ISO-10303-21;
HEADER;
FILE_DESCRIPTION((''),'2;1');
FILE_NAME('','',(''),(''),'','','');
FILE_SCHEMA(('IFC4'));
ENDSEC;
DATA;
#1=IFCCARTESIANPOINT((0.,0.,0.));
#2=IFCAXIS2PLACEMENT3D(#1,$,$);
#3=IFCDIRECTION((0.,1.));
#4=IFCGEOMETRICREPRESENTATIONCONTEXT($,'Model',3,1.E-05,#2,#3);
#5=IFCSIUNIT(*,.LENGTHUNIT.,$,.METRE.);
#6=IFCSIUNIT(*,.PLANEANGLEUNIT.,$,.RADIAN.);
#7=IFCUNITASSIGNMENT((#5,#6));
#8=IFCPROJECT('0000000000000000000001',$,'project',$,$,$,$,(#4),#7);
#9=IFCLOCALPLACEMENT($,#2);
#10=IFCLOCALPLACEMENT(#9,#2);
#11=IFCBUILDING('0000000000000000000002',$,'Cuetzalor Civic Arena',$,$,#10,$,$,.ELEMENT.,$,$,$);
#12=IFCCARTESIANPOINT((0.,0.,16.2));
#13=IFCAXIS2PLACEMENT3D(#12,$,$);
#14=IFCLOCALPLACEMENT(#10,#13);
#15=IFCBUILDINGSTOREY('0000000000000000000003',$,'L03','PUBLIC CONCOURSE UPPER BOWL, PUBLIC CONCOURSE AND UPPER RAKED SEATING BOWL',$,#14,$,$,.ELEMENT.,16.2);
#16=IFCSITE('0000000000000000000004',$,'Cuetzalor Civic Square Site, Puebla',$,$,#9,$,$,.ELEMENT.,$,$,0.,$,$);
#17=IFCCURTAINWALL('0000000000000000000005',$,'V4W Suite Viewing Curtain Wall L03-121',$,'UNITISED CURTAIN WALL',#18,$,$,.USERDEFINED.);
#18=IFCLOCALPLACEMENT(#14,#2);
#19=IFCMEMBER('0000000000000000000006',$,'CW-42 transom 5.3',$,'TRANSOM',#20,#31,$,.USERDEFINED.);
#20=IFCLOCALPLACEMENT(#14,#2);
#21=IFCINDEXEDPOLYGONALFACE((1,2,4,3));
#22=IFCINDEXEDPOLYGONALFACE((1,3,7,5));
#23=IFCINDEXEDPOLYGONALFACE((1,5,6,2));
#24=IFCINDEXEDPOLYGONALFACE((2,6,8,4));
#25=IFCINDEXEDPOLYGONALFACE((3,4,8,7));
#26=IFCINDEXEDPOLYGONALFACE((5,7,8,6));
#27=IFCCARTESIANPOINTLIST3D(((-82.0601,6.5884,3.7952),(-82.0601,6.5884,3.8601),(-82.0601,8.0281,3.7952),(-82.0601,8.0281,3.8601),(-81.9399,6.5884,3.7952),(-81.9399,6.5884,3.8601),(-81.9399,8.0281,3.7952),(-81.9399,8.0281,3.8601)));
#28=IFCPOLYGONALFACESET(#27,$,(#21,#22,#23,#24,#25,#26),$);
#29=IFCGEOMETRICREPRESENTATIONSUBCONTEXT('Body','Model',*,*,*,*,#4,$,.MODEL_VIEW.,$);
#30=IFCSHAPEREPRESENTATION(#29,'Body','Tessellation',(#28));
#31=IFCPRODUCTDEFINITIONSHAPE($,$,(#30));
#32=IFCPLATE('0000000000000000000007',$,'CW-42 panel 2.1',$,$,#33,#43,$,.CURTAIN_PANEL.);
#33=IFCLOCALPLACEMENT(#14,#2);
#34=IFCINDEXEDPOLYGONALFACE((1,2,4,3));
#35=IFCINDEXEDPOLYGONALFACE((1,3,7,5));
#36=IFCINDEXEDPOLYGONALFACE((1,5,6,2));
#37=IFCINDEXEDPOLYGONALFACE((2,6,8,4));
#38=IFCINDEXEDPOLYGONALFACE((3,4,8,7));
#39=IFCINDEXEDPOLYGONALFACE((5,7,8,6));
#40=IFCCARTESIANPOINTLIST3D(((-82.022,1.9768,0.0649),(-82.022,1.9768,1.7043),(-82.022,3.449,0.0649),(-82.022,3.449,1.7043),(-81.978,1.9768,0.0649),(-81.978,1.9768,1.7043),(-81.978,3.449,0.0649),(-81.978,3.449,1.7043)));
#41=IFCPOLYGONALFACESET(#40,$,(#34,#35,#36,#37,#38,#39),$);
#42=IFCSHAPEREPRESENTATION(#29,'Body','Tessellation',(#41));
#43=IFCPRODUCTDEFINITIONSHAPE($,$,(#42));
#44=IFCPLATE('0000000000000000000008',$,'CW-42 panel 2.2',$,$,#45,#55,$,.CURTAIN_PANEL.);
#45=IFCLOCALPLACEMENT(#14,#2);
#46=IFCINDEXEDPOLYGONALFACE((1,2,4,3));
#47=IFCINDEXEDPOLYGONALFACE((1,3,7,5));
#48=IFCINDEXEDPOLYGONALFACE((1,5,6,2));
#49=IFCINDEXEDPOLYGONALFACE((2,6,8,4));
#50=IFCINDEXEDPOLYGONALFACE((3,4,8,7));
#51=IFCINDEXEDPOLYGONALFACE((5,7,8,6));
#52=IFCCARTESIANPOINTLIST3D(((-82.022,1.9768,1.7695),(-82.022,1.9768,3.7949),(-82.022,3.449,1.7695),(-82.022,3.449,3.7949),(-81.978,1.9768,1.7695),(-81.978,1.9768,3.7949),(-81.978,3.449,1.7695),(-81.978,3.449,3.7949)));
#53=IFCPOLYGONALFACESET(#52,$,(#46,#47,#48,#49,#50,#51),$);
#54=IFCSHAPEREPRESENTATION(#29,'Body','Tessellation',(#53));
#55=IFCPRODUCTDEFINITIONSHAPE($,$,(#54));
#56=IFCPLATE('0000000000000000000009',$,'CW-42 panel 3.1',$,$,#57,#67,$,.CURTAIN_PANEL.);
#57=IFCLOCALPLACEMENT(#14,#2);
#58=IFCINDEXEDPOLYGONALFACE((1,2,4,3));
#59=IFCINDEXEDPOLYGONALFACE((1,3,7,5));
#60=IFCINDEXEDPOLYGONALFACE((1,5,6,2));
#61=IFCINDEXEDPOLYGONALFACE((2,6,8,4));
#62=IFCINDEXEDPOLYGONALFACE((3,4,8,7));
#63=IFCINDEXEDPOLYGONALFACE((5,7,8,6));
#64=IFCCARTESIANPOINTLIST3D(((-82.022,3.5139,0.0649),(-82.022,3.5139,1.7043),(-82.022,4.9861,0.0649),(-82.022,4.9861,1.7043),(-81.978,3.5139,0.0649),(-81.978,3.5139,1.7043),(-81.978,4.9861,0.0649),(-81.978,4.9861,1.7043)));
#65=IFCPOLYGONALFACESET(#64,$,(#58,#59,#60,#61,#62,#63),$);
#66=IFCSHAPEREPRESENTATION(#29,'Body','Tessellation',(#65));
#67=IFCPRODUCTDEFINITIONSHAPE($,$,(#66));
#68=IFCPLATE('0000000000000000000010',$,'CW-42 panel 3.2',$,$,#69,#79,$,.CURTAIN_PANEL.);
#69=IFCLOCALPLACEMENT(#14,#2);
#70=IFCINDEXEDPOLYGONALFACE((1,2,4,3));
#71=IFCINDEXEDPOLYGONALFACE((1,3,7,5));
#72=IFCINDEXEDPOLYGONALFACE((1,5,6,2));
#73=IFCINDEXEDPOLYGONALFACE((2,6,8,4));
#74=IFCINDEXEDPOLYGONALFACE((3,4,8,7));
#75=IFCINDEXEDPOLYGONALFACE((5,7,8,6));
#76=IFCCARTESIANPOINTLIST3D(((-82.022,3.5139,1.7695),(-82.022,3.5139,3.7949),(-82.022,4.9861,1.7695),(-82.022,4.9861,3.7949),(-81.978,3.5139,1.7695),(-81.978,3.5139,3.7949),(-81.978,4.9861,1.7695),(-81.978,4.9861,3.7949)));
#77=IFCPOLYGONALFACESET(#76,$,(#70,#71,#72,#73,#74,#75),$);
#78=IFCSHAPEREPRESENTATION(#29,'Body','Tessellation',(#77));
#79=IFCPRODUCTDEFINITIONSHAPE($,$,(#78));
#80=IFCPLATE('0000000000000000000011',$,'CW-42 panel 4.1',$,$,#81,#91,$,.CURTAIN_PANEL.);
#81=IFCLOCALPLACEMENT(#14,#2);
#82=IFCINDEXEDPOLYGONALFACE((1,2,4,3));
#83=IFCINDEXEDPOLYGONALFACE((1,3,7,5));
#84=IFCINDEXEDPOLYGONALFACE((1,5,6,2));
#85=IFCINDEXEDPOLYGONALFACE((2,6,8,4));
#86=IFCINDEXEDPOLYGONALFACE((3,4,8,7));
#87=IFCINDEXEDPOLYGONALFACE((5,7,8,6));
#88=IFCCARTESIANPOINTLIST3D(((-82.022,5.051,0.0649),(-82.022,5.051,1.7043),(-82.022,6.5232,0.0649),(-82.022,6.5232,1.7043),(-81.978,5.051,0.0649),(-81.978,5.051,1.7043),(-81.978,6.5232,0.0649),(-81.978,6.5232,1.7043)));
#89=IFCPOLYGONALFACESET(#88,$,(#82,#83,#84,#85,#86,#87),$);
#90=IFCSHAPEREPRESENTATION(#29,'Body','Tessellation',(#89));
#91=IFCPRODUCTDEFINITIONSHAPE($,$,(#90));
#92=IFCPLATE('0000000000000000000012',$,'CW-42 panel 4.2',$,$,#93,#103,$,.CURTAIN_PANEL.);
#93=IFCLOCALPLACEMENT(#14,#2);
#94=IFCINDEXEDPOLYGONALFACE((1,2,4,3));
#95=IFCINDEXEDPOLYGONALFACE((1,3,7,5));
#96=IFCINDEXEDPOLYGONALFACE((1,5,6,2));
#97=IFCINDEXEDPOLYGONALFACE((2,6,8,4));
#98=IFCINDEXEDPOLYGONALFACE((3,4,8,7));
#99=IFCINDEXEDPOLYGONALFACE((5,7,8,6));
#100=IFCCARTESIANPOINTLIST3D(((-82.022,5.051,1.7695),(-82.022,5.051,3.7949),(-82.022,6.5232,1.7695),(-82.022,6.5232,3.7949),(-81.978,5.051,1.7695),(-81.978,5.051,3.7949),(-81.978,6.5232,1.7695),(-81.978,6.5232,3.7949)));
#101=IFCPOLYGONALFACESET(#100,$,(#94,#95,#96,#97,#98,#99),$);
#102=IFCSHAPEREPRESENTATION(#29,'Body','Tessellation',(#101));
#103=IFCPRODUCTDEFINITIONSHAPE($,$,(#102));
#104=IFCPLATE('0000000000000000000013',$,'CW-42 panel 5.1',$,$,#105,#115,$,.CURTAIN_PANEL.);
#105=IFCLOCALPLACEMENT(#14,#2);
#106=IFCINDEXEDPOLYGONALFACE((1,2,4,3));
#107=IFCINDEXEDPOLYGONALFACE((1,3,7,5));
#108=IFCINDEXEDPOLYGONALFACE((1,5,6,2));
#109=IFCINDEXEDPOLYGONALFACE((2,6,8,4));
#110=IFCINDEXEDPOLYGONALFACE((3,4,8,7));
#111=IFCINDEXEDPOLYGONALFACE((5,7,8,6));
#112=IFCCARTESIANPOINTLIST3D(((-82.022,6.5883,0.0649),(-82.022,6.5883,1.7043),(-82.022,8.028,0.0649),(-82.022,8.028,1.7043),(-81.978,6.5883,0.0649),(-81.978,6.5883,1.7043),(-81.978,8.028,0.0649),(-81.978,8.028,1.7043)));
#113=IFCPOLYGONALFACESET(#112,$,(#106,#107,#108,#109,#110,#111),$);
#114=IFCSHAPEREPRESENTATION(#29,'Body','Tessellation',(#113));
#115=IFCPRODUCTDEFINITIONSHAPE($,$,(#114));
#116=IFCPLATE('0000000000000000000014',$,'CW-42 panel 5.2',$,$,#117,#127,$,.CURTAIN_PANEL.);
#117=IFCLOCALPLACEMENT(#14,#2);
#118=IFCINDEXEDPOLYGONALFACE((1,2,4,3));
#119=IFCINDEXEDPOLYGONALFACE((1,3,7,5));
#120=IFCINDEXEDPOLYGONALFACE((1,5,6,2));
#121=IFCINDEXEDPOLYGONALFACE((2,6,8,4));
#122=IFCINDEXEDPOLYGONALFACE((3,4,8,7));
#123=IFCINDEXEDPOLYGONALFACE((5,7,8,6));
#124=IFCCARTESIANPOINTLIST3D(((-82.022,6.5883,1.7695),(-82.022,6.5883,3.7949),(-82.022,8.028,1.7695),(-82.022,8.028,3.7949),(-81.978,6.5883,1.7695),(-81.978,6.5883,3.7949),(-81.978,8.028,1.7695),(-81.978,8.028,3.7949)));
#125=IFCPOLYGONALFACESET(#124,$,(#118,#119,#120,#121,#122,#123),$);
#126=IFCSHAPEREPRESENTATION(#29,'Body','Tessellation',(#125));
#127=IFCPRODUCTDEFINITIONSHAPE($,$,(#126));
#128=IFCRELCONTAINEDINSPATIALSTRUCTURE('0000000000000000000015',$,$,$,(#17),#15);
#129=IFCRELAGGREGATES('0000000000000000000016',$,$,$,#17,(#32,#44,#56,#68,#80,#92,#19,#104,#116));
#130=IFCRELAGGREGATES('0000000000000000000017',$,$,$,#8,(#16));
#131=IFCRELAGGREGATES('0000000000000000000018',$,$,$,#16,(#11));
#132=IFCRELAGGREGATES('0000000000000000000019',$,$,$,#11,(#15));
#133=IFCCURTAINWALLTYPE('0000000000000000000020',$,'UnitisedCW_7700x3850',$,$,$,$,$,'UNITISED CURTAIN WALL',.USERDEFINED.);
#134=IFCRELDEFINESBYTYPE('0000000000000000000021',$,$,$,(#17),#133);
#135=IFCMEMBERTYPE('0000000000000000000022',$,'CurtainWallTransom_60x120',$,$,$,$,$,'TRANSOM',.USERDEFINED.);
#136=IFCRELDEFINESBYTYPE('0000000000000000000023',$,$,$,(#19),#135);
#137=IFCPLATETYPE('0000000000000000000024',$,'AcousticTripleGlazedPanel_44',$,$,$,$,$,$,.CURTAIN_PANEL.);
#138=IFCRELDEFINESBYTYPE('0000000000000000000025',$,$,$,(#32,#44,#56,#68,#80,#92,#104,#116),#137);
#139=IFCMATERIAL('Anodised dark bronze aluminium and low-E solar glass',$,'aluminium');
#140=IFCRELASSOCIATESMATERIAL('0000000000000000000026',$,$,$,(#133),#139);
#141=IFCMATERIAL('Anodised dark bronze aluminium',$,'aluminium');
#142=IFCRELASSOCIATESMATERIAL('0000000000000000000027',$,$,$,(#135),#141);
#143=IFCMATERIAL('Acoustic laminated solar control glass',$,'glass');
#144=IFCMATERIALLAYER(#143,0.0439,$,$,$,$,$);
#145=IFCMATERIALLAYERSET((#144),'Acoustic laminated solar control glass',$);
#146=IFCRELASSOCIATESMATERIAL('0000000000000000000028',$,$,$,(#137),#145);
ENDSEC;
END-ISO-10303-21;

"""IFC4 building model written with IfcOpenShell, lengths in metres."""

from ifc_helpers import new_model, si_unit, direction, frame, origin, origin_2d, place, context, subcontext, project, spatial, rectangle, extrude, material, layer, layer_set, material_profile, profile_set, type_object, element, aggregate, save


model = new_model("IFC4")

# Units and contexts
model_context = context("Model", 3, precision=1e-05, world=origin(), true_north=direction((0.0, 1.0)))
body_context = subcontext(model_context, "Body", "Model", "MODEL_VIEW")
ifc_project = project(units=[si_unit("LENGTHUNIT", "METRE"), si_unit("PLANEANGLEUNIT", "RADIAN")], contexts=[model_context])

# Site, building, storey
site_placement = place(None, origin())
site = spatial("IfcSite", under=ifc_project, at=site_placement, Name="Cuetzalor Civic Square Site, Puebla", CompositionType="ELEMENT", RefElevation=0.0)
building_placement = place(site_placement, origin())
building = spatial("IfcBuilding", under=site, at=building_placement, Name="Cuetzalor Civic Arena", CompositionType="ELEMENT")
storey_placement = place(building_placement, frame((0.0, 0.0, 16.2)))
storey = spatial("IfcBuildingStorey", under=building, at=storey_placement, Name="L03", Description="PUBLIC CONCOURSE UPPER BOWL, PUBLIC CONCOURSE AND UPPER RAKED SEATING BOWL", CompositionType="ELEMENT", Elevation=16.2)

# Curtain wall, member, plates
ifc_material_1 = material(Name="Anodised dark bronze aluminium and low-E solar glass", Category="aluminium")
curtain_wall_type = type_object("IfcCurtainWallType", Name="UnitisedCW_7700x3850", ElementType="UNITISED CURTAIN WALL", PredefinedType="USERDEFINED", material=ifc_material_1)
curtain_wall_placement = place(storey_placement, origin())
curtain_wall = element("IfcCurtainWall", 1, at=curtain_wall_placement, inside=storey, type_object=curtain_wall_type, Name="V4W Suite Viewing Curtain Wall L03-121", ObjectType="UNITISED CURTAIN WALL", PredefinedType="USERDEFINED")
ifc_material_2 = material(Name="Anodised dark bronze aluminium", Category="aluminium")
ifc_material_profile_1 = material_profile(ifc_material_2, rectangle(XDim=0.1201, YDim=0.0649, at=origin_2d()), Name="ALU TRANSOM 65x120")
ifc_profile_set_1 = profile_set([ifc_material_profile_1], Name="Anodised dark bronze aluminium")
member_type_1 = type_object("IfcMemberType", Name="CurtainWallTransom_60x120", ElementType="TRANSOM", PredefinedType="USERDEFINED", material=ifc_profile_set_1)
member_1_placement = place(storey_placement, frame((-82.0, 6.5884, 3.8276), z_axis=(0.0, 1.0, 0.0), x_axis=(-1.0, 0.0, 0.0)))
member_1 = element("IfcMember", 2, at=member_1_placement, type_object=member_type_1, Name="CW-42 transom 5.3", ObjectType="TRANSOM", PredefinedType="USERDEFINED", context=body_context, shape_type="SweptSolid", body=[
    extrude(rectangle(XDim=0.1201, YDim=0.0649, at=origin_2d()), origin(), (0.0, 0.0, 1.0), 1.4397),
])
ifc_material_3 = material(Name="Acoustic laminated solar control glass", Category="glass")
ifc_layer = layer(ifc_material_3, 0.0439)
ifc_layer_set = layer_set([ifc_layer], Name="Acoustic laminated solar control glass")
plate_type = type_object("IfcPlateType", Name="AcousticTripleGlazedPanel_44", PredefinedType="CURTAIN_PANEL", material=ifc_layer_set)
plate_1_placement = place(storey_placement, frame((-82.0, 2.7129, 0.0649), z_axis=(0.0, 0.0, 1.0), x_axis=(0.0, 1.0, 0.0)))
plate_1 = element("IfcPlate", 3, at=plate_1_placement, type_object=plate_type, Name="CW-42 panel 2.1", PredefinedType="CURTAIN_PANEL", context=body_context, shape_type="SweptSolid", body=[
    extrude(rectangle(XDim=1.4722, YDim=0.0439, at=origin_2d()), origin(), (0.0, 0.0, 1.0), 1.6394),
])
plate_2_placement = place(storey_placement, frame((-82.0, 2.7129, 1.7695), z_axis=(0.0, 0.0, 1.0), x_axis=(0.0, 1.0, 0.0)))
plate_2 = element("IfcPlate", 4, at=plate_2_placement, type_object=plate_type, Name="CW-42 panel 2.2", PredefinedType="CURTAIN_PANEL", context=body_context, shape_type="SweptSolid", body=[
    extrude(rectangle(XDim=1.4722, YDim=0.0439, at=origin_2d()), origin(), (0.0, 0.0, 1.0), 2.0254),
])
plate_3_placement = place(storey_placement, frame((-82.0, 4.25, 0.0649), z_axis=(0.0, 0.0, 1.0), x_axis=(0.0, 1.0, 0.0)))
plate_3 = element("IfcPlate", 5, at=plate_3_placement, type_object=plate_type, Name="CW-42 panel 3.1", PredefinedType="CURTAIN_PANEL", context=body_context, shape_type="SweptSolid", body=[
    extrude(rectangle(XDim=1.4722, YDim=0.0439, at=origin_2d()), origin(), (0.0, 0.0, 1.0), 1.6394),
])
plate_4_placement = place(storey_placement, frame((-82.0, 4.25, 1.7695), z_axis=(0.0, 0.0, 1.0), x_axis=(0.0, 1.0, 0.0)))
plate_4 = element("IfcPlate", 6, at=plate_4_placement, type_object=plate_type, Name="CW-42 panel 3.2", PredefinedType="CURTAIN_PANEL", context=body_context, shape_type="SweptSolid", body=[
    extrude(rectangle(XDim=1.4722, YDim=0.0439, at=origin_2d()), origin(), (0.0, 0.0, 1.0), 2.0254),
])
plate_5_placement = place(storey_placement, frame((-82.0, 5.7871, 0.0649), z_axis=(0.0, 0.0, 1.0), x_axis=(0.0, 1.0, 0.0)))
plate_5 = element("IfcPlate", 7, at=plate_5_placement, type_object=plate_type, Name="CW-42 panel 4.1", PredefinedType="CURTAIN_PANEL", context=body_context, shape_type="SweptSolid", body=[
    extrude(rectangle(XDim=1.4722, YDim=0.0439, at=origin_2d()), origin(), (0.0, 0.0, 1.0), 1.6394),
])
plate_6_placement = place(storey_placement, frame((-82.0, 5.7871, 1.7695), z_axis=(0.0, 0.0, 1.0), x_axis=(0.0, 1.0, 0.0)))
plate_6 = element("IfcPlate", 8, at=plate_6_placement, type_object=plate_type, Name="CW-42 panel 4.2", PredefinedType="CURTAIN_PANEL", context=body_context, shape_type="SweptSolid", body=[
    extrude(rectangle(XDim=1.4722, YDim=0.0439, at=origin_2d()), origin(), (0.0, 0.0, 1.0), 2.0254),
])
plate_7_placement = place(storey_placement, frame((-82.0, 7.3081, 0.0649), z_axis=(0.0, 0.0, 1.0), x_axis=(0.0, 1.0, 0.0)))
plate_7 = element("IfcPlate", 9, at=plate_7_placement, type_object=plate_type, Name="CW-42 panel 5.1", PredefinedType="CURTAIN_PANEL", context=body_context, shape_type="SweptSolid", body=[
    extrude(rectangle(XDim=1.4397, YDim=0.0439, at=origin_2d()), origin(), (0.0, 0.0, 1.0), 1.6394),
])
plate_8_placement = place(storey_placement, frame((-82.0, 7.3081, 1.7695), z_axis=(0.0, 0.0, 1.0), x_axis=(0.0, 1.0, 0.0)))
plate_8 = element("IfcPlate", 10, at=plate_8_placement, type_object=plate_type, Name="CW-42 panel 5.2", PredefinedType="CURTAIN_PANEL", context=body_context, shape_type="SweptSolid", body=[
    extrude(rectangle(XDim=1.4397, YDim=0.0439, at=origin_2d()), origin(), (0.0, 0.0, 1.0), 2.0254),
])
aggregate(curtain_wall, [plate_1, plate_2, plate_3, plate_4, plate_5, plate_6, member_1, plate_7, plate_8])

save(model, "model.ifc")
